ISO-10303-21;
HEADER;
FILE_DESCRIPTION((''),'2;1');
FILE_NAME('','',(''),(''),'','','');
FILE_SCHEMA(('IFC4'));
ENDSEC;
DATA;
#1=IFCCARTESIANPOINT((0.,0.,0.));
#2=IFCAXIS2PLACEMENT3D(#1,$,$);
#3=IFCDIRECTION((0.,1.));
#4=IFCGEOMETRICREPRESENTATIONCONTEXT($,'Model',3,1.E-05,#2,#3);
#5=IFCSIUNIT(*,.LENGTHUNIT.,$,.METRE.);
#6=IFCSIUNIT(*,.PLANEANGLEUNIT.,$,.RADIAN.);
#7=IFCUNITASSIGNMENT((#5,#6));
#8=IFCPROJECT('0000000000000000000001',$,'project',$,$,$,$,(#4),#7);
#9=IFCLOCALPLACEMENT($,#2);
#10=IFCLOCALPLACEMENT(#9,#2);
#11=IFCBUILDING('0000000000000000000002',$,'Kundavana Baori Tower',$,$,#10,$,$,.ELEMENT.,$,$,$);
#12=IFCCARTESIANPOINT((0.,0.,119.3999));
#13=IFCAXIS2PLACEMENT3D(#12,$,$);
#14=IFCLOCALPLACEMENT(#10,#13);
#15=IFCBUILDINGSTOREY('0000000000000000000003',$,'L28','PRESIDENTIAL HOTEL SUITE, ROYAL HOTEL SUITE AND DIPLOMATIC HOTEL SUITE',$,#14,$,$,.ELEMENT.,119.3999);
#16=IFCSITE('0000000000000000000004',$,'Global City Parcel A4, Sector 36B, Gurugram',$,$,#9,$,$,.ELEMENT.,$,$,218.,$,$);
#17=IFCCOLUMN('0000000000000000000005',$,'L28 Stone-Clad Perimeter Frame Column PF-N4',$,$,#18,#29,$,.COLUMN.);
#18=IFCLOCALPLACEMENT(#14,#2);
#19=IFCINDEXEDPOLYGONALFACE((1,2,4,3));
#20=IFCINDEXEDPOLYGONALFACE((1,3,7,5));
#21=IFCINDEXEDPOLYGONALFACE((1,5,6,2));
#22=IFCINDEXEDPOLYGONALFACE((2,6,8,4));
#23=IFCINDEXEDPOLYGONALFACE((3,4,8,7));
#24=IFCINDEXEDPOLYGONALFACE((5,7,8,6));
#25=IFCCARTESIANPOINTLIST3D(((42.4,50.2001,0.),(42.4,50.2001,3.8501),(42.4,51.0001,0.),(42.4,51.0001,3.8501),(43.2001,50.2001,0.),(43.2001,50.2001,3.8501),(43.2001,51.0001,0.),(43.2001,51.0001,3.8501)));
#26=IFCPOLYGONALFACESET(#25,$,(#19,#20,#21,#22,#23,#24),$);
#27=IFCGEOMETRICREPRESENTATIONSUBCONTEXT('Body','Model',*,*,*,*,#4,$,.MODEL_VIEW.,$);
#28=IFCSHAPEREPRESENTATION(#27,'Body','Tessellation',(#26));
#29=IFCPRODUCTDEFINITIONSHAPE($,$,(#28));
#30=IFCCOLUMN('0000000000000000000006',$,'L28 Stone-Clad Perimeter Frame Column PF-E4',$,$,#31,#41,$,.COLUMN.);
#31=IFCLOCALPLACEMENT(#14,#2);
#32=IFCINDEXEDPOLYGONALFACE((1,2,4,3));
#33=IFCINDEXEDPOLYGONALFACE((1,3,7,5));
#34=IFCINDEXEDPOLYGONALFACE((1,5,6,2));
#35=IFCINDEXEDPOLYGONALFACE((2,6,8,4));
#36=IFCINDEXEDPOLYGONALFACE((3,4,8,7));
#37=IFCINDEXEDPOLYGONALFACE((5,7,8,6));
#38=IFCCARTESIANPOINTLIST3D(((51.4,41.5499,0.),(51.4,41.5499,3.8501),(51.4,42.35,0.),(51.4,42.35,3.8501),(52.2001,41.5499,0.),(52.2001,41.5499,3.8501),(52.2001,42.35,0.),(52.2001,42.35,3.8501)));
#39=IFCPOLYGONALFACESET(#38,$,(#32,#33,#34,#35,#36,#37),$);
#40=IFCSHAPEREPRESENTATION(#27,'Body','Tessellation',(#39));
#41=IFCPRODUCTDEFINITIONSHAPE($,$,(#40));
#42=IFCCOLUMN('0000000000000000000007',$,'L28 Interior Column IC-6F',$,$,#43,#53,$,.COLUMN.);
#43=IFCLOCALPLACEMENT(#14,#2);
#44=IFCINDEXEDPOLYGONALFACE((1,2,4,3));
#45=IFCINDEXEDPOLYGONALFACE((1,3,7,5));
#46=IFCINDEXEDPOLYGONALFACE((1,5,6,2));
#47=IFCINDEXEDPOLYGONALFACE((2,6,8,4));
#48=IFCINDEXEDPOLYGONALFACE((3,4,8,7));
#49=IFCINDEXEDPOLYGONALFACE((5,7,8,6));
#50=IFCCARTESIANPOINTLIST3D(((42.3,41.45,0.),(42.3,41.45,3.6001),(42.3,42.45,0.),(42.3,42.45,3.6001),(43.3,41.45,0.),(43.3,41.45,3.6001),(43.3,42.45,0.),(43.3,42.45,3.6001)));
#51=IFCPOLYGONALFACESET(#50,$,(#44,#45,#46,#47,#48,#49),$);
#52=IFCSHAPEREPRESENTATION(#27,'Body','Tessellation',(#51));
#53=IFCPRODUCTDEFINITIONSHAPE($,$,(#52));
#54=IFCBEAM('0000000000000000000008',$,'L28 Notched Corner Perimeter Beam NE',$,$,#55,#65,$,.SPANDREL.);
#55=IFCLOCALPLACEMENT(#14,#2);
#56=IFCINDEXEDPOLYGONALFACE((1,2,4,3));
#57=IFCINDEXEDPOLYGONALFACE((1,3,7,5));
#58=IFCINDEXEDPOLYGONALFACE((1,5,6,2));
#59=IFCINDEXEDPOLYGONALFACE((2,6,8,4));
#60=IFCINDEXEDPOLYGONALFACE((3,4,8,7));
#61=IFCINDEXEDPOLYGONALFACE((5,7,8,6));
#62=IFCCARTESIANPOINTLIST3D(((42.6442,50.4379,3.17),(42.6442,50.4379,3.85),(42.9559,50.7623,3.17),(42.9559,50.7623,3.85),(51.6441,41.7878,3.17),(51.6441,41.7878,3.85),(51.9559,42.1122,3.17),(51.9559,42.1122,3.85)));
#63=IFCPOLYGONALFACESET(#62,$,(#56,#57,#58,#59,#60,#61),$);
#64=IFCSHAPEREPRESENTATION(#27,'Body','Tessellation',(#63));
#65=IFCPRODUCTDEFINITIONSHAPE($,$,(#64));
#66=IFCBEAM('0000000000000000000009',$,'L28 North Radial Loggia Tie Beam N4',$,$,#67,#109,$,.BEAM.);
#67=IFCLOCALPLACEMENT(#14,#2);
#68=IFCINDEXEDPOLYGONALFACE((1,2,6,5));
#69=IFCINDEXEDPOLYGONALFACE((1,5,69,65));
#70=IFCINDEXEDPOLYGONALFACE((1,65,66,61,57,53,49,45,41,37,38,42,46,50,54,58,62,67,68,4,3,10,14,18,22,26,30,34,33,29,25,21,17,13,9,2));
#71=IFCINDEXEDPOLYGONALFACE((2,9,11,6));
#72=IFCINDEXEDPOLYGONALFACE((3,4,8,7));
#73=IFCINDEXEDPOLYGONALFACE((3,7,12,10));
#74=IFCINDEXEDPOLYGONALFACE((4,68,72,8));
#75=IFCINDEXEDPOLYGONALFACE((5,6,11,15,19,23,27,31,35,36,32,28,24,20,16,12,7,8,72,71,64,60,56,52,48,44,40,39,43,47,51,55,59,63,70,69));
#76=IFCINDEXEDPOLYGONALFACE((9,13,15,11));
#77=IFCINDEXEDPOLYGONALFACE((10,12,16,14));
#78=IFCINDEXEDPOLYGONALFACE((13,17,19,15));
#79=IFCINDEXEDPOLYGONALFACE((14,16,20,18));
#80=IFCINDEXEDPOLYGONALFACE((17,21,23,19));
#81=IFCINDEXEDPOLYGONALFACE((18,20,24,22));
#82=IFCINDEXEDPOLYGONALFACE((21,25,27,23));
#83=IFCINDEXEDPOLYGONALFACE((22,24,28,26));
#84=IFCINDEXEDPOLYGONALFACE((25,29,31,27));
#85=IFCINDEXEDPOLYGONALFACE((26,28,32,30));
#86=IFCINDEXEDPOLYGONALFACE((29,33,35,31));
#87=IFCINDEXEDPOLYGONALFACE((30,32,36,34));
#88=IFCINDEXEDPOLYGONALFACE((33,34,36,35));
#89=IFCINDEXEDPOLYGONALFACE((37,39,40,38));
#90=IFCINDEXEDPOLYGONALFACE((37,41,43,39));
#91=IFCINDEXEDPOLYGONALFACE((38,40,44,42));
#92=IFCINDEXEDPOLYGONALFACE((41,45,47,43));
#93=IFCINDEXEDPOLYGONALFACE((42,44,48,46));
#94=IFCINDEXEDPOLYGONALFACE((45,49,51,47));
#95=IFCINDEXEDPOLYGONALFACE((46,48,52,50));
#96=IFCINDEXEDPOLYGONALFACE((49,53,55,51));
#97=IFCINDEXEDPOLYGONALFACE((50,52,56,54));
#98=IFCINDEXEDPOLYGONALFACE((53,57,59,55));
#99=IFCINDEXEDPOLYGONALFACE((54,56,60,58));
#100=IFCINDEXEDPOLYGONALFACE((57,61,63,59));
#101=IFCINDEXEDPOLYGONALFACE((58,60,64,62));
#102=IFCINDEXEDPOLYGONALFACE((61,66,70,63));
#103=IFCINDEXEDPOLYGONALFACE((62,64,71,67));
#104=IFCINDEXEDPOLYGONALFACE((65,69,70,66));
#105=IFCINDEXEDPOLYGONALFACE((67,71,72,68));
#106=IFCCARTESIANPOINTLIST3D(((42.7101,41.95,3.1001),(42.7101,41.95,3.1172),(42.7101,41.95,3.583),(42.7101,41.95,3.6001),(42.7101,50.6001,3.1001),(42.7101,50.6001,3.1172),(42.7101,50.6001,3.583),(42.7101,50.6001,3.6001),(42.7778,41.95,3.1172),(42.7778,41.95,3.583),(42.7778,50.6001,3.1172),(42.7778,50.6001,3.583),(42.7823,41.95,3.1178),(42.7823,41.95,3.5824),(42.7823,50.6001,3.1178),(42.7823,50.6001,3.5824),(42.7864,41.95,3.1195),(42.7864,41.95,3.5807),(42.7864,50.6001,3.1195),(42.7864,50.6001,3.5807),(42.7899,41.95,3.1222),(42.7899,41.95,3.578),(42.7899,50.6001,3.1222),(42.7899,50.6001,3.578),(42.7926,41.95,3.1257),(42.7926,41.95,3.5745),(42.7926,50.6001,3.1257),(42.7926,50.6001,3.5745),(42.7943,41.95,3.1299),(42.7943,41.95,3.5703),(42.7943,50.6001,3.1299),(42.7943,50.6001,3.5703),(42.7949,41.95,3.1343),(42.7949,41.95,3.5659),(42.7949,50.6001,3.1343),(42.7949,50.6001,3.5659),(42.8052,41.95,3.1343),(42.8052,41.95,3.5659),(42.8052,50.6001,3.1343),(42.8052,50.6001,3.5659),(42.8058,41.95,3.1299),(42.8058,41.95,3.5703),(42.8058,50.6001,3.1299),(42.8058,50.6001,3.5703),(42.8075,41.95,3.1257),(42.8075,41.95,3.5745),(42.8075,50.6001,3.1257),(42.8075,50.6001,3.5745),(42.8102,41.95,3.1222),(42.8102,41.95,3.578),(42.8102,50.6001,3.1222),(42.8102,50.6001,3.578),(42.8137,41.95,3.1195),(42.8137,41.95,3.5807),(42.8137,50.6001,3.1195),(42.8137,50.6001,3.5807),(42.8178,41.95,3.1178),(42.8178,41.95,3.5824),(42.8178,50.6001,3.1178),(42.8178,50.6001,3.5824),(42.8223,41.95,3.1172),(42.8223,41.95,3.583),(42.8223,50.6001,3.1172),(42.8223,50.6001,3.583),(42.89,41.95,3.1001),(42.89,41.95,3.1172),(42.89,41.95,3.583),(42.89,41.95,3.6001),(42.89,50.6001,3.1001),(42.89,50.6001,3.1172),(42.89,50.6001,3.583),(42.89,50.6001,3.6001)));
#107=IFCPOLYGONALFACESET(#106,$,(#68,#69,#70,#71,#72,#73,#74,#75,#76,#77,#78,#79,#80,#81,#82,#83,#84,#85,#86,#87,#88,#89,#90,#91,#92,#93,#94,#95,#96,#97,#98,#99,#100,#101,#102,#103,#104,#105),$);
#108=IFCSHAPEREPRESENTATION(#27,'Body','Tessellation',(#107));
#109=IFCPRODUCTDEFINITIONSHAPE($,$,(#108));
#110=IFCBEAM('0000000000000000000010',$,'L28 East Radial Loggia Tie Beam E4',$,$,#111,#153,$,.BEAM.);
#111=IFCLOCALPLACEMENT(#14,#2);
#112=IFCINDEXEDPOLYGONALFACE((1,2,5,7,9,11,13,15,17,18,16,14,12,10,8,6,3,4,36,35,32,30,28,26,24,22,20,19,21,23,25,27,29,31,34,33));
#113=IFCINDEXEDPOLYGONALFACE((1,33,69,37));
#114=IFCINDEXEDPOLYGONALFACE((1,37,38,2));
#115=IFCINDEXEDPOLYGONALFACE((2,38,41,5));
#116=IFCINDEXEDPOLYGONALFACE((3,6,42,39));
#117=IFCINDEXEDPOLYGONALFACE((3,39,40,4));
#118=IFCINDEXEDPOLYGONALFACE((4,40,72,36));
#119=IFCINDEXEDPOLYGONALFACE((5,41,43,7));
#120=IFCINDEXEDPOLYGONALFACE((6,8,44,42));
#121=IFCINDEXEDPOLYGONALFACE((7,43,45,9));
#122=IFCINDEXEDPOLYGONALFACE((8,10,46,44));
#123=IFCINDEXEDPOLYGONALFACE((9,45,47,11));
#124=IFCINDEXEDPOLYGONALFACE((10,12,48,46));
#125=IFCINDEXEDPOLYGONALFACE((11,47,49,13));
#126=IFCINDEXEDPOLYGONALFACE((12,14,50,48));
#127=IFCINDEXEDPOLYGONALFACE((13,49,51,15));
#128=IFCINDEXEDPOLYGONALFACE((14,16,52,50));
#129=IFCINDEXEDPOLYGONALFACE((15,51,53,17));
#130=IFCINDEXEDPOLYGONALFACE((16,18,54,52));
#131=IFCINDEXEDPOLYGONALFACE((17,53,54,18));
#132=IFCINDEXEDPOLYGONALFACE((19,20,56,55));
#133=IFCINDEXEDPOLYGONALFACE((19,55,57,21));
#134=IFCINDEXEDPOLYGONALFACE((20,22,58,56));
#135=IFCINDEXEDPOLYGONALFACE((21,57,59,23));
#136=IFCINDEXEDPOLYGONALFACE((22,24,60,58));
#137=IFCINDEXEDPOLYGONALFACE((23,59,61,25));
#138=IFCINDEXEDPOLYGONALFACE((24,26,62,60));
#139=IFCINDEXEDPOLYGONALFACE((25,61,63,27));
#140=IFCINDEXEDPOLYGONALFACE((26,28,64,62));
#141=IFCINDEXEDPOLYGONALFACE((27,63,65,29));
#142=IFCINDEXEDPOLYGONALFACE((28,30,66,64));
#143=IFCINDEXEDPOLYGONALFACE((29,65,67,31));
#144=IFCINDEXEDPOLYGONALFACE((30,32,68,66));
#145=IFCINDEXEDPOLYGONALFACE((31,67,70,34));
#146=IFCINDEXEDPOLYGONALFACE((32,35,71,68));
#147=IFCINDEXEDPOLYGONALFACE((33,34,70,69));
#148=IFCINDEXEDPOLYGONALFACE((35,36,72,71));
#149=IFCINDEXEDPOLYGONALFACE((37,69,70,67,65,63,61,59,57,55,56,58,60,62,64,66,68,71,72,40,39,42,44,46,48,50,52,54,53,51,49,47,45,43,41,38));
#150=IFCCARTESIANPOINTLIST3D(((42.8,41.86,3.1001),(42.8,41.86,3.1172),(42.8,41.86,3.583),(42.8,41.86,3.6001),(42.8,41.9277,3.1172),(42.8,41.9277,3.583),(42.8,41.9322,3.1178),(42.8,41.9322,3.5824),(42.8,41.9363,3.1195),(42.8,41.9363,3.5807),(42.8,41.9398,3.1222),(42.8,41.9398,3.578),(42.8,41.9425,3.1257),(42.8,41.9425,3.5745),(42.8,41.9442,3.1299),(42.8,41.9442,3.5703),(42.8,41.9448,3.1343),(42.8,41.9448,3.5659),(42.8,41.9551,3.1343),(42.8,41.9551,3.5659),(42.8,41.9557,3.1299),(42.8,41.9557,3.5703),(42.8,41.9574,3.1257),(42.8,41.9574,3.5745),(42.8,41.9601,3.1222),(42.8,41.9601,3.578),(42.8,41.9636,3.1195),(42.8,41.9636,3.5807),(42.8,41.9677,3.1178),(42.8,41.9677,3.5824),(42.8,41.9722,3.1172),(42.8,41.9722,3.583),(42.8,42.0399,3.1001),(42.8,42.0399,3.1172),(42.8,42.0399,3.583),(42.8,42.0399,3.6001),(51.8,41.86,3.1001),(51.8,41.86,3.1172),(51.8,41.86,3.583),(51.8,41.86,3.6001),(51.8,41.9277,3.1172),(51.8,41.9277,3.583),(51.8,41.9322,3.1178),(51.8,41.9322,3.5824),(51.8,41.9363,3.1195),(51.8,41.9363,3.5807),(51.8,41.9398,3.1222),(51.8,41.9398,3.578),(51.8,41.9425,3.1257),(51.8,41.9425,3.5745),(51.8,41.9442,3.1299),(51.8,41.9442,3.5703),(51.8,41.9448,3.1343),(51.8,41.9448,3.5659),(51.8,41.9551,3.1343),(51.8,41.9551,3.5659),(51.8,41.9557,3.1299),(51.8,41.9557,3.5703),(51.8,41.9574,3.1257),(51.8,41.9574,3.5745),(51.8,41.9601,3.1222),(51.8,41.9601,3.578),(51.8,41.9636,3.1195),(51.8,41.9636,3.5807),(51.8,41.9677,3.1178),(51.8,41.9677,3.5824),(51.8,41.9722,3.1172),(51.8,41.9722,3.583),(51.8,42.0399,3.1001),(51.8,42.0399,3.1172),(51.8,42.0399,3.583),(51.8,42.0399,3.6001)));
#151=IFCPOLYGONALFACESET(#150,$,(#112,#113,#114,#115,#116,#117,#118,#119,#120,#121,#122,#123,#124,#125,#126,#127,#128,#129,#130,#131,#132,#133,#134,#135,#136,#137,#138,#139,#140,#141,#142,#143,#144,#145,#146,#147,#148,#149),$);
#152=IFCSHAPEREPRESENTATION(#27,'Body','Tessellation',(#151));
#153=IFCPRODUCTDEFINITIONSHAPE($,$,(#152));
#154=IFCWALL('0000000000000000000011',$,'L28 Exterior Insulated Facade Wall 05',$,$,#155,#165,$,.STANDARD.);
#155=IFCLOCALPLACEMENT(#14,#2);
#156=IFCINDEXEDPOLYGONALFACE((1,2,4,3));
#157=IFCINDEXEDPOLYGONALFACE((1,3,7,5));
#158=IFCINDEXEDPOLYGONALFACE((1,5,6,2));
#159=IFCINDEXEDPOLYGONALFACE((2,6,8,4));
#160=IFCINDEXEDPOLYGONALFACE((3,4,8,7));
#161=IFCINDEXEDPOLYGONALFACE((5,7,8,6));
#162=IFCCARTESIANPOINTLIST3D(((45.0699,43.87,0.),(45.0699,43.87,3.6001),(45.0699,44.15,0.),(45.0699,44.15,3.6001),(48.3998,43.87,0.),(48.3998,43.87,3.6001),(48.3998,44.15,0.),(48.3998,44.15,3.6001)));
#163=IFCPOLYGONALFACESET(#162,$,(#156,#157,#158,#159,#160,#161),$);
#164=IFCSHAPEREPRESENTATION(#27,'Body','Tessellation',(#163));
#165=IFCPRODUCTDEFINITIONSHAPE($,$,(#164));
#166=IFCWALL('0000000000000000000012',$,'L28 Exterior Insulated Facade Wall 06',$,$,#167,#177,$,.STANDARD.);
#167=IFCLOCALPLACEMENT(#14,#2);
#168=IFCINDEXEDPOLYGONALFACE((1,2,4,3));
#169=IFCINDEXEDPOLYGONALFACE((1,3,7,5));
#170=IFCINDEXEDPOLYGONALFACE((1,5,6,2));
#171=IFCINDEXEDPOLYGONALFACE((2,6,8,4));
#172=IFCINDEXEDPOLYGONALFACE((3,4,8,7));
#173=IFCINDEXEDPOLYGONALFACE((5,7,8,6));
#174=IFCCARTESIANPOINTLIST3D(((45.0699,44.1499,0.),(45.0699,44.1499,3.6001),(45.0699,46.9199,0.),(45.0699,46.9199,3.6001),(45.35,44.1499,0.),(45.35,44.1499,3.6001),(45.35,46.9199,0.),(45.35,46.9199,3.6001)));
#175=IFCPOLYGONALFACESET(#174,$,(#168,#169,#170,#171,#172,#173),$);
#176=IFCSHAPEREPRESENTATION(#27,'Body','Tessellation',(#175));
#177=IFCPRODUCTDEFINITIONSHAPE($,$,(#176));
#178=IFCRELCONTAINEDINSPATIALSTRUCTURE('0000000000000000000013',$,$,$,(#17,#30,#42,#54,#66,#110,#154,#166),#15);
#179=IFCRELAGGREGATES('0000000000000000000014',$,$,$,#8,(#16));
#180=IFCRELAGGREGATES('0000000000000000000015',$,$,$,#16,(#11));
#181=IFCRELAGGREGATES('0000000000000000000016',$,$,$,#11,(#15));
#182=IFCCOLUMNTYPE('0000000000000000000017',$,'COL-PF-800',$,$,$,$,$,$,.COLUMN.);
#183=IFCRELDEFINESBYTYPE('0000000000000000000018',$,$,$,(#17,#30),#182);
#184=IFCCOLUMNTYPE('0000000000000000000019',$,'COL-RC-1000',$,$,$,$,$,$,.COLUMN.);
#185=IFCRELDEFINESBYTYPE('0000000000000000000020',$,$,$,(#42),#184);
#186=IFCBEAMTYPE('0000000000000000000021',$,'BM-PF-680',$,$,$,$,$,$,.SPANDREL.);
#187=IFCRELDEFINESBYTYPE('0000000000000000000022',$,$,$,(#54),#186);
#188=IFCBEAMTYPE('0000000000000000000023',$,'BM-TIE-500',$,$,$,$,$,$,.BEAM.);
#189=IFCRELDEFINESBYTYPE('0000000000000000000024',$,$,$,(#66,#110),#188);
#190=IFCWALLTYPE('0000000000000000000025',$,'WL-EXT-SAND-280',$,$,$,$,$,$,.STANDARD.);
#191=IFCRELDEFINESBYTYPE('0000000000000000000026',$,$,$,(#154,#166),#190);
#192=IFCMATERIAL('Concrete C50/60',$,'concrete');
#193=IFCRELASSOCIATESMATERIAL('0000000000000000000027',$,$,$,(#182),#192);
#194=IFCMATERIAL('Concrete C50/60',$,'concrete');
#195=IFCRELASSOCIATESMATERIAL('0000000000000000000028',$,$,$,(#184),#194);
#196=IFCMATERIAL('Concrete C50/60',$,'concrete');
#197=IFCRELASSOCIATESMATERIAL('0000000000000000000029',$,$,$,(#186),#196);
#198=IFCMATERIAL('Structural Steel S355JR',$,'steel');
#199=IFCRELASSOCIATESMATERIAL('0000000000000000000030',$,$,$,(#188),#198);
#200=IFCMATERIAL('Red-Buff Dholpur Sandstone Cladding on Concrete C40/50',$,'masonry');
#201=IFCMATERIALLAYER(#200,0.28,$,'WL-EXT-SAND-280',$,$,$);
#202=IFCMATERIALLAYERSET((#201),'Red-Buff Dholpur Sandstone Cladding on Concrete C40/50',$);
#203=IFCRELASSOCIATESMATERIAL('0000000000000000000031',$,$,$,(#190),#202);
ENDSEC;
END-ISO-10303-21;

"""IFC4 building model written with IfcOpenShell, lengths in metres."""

from ifc_helpers import new_model, si_unit, direction, frame, frame_2d, origin, origin_2d, place, context, subcontext, project, spatial, rectangle, i_section, extrude, material, layer, layer_set, material_profile, profile_set, type_object, element, save


model = new_model("IFC4")

# Units and contexts
model_context = context("Model", 3, precision=1e-05, world=origin(), true_north=direction((0.0, 1.0)))
body_context = subcontext(model_context, "Body", "Model", "MODEL_VIEW")
ifc_project = project(units=[si_unit("LENGTHUNIT", "METRE"), si_unit("PLANEANGLEUNIT", "RADIAN")], contexts=[model_context])

# Site, building, storey
site_placement = place(None, origin())
site = spatial("IfcSite", under=ifc_project, at=site_placement, Name="Global City Parcel A4, Sector 36B, Gurugram", CompositionType="ELEMENT", RefElevation=218.0)
building_placement = place(site_placement, origin())
building = spatial("IfcBuilding", under=site, at=building_placement, Name="Kundavana Baori Tower", CompositionType="ELEMENT")
storey_placement = place(building_placement, frame((0.0, 0.0, 119.3999)))
storey = spatial("IfcBuildingStorey", under=building, at=storey_placement, Name="L28", Description="PRESIDENTIAL HOTEL SUITE, ROYAL HOTEL SUITE AND DIPLOMATIC HOTEL SUITE", CompositionType="ELEMENT", Elevation=119.3999)

# Columns
ifc_material_1 = material(Name="Concrete C50/60", Category="concrete")
ifc_material_profile_1 = material_profile(ifc_material_1, rectangle(XDim=0.8, YDim=0.8, at=origin_2d()), Name="RC PF 800x800")
ifc_profile_set_1 = profile_set([ifc_material_profile_1], Name="Concrete C50/60")
column_type_1 = type_object("IfcColumnType", Name="COL-PF-800", PredefinedType="COLUMN", material=ifc_profile_set_1)
for number, where, z_axis, x_axis, name in (
    (1, (42.8, 50.6001, 0.0), (0.0, 0.0, 1.0), (1.0, 0.0, 0.0), "L28 Stone-Clad Perimeter Frame Column PF-N4"),
    (2, (51.8, 41.95, 0.0), (0.0, 0.0, 1.0), (1.0, 0.0, 0.0), "L28 Stone-Clad Perimeter Frame Column PF-E4"),
):
    element("IfcColumn", number, at=place(storey_placement, frame(where, z_axis=z_axis, x_axis=x_axis)), inside=storey, type_object=column_type_1, Name=name, PredefinedType="COLUMN", context=body_context, shape_type="SweptSolid", body=[
        extrude(rectangle(XDim=0.8, YDim=0.8, at=origin_2d()), origin(), (0.0, 0.0, 1.0), 3.8501),
    ])
ifc_material_2 = material(Name="Concrete C50/60", Category="concrete")
ifc_material_profile_2 = material_profile(ifc_material_2, rectangle(XDim=1.0, YDim=1.0, at=origin_2d()), Name="RC 1000x1000")
ifc_profile_set_2 = profile_set([ifc_material_profile_2], Name="Concrete C50/60")
column_type_2 = type_object("IfcColumnType", Name="COL-RC-1000", PredefinedType="COLUMN", material=ifc_profile_set_2)
column_placement = place(storey_placement, frame((42.8, 41.95, 0.0), z_axis=(0.0, 0.0, 1.0), x_axis=(1.0, 0.0, 0.0)))
element("IfcColumn", 3, at=column_placement, inside=storey, type_object=column_type_2, Name="L28 Interior Column IC-6F", PredefinedType="COLUMN", context=body_context, shape_type="SweptSolid", body=[
    extrude(rectangle(XDim=1.0, YDim=1.0, at=origin_2d()), origin(), (0.0, 0.0, 1.0), 3.6001),
])

# Beams
ifc_material_3 = material(Name="Concrete C50/60", Category="concrete")
ifc_material_profile_3 = material_profile(ifc_material_3, rectangle(XDim=0.45, YDim=0.6799, at=origin_2d()), Name="RC BM 450x680")
ifc_profile_set_3 = profile_set([ifc_material_profile_3], Name="Concrete C50/60")
beam_type_1 = type_object("IfcBeamType", Name="BM-PF-680", PredefinedType="SPANDREL", material=ifc_profile_set_3)
beam_1_placement = place(storey_placement, frame((42.8, 50.6001, 3.51), z_axis=(0.720981, -0.692955, 0.0), x_axis=(0.692955, 0.720981, 0.0)))
element("IfcBeam", 4, at=beam_1_placement, inside=storey, type_object=beam_type_1, Name="L28 Notched Corner Perimeter Beam NE", PredefinedType="SPANDREL", context=body_context, shape_type="SweptSolid", body=[
    extrude(rectangle(XDim=0.45, YDim=0.6799, at=origin_2d()), origin(), (0.0, 0.0, 1.0), 12.4829),
])
ifc_material_4 = material(Name="Structural Steel S355JR", Category="steel")
ifc_material_profile_4 = material_profile(ifc_material_4, i_section(OverallWidth=0.1799, OverallDepth=0.5, WebThickness=0.0103, FlangeThickness=0.0171, FilletRadius=0.0171, at=origin_2d()), Name="ISMB 500")
ifc_profile_set_4 = profile_set([ifc_material_profile_4], Name="Structural Steel S355JR")
beam_type_2 = type_object("IfcBeamType", Name="BM-TIE-500", PredefinedType="BEAM", material=ifc_profile_set_4)
beam_2_placement = place(storey_placement, frame((42.8, 41.95, 3.3501), z_axis=(0.0, 1.0, 0.0), x_axis=(-1.0, 0.0, 0.0)))
element("IfcBeam", 5, at=beam_2_placement, inside=storey, type_object=beam_type_2, Name="L28 North Radial Loggia Tie Beam N4", PredefinedType="BEAM", context=body_context, shape_type="SweptSolid", body=[
    extrude(i_section(OverallWidth=0.1799, OverallDepth=0.5, WebThickness=0.0103, FlangeThickness=0.0171, FilletRadius=0.0171, at=origin_2d()), origin(), (0.0, 0.0, 1.0), 8.6501),
])
beam_3_placement = place(storey_placement, frame((42.8, 41.95, 3.3501), z_axis=(1.0, 0.0, 0.0), x_axis=(0.0, 1.0, 0.0)))
element("IfcBeam", 6, at=beam_3_placement, inside=storey, type_object=beam_type_2, Name="L28 East Radial Loggia Tie Beam E4", PredefinedType="BEAM", context=body_context, shape_type="SweptSolid", body=[
    extrude(i_section(OverallWidth=0.1799, OverallDepth=0.5, WebThickness=0.0103, FlangeThickness=0.0171, FilletRadius=0.0171, at=origin_2d()), origin(), (0.0, 0.0, 1.0), 9.0),
])

# Walls
ifc_material_5 = material(Name="Red-Buff Dholpur Sandstone Cladding on Concrete C40/50", Category="masonry")
ifc_layer_1 = layer(ifc_material_5, 0.28, Name="WL-EXT-SAND-280")
ifc_layer_set_1 = layer_set([ifc_layer_1], Name="Red-Buff Dholpur Sandstone Cladding on Concrete C40/50")
wall_type_1 = type_object("IfcWallType", Name="WL-EXT-SAND-280", PredefinedType="STANDARD", material=ifc_layer_set_1)
wall_1_placement = place(storey_placement, frame((48.3999, 44.01, 0.0), z_axis=(0.0, 0.0, 1.0), x_axis=(-1.0, 0.0, 0.0)))
element("IfcWall", 7, at=wall_1_placement, inside=storey, type_object=wall_type_1, Name="L28 Exterior Insulated Facade Wall 05", PredefinedType="STANDARD", context=body_context, shape_type="SweptSolid", body=[
    extrude(rectangle(XDim=3.3298, YDim=0.28, at=frame_2d((1.665, 0.0))), origin(), (0.0, 0.0, 1.0), 3.6001),
])
wall_2_placement = place(storey_placement, frame((45.21, 44.1499, 0.0), z_axis=(0.0, 0.0, 1.0), x_axis=(0.0, 1.0, 0.0)))
element("IfcWall", 8, at=wall_2_placement, inside=storey, type_object=wall_type_1, Name="L28 Exterior Insulated Facade Wall 06", PredefinedType="STANDARD", context=body_context, shape_type="SweptSolid", body=[
    extrude(rectangle(XDim=2.77, YDim=0.28, at=frame_2d((1.385, 0.0))), origin(), (0.0, 0.0, 1.0), 3.6001),
])

save(model, "model.ifc")
